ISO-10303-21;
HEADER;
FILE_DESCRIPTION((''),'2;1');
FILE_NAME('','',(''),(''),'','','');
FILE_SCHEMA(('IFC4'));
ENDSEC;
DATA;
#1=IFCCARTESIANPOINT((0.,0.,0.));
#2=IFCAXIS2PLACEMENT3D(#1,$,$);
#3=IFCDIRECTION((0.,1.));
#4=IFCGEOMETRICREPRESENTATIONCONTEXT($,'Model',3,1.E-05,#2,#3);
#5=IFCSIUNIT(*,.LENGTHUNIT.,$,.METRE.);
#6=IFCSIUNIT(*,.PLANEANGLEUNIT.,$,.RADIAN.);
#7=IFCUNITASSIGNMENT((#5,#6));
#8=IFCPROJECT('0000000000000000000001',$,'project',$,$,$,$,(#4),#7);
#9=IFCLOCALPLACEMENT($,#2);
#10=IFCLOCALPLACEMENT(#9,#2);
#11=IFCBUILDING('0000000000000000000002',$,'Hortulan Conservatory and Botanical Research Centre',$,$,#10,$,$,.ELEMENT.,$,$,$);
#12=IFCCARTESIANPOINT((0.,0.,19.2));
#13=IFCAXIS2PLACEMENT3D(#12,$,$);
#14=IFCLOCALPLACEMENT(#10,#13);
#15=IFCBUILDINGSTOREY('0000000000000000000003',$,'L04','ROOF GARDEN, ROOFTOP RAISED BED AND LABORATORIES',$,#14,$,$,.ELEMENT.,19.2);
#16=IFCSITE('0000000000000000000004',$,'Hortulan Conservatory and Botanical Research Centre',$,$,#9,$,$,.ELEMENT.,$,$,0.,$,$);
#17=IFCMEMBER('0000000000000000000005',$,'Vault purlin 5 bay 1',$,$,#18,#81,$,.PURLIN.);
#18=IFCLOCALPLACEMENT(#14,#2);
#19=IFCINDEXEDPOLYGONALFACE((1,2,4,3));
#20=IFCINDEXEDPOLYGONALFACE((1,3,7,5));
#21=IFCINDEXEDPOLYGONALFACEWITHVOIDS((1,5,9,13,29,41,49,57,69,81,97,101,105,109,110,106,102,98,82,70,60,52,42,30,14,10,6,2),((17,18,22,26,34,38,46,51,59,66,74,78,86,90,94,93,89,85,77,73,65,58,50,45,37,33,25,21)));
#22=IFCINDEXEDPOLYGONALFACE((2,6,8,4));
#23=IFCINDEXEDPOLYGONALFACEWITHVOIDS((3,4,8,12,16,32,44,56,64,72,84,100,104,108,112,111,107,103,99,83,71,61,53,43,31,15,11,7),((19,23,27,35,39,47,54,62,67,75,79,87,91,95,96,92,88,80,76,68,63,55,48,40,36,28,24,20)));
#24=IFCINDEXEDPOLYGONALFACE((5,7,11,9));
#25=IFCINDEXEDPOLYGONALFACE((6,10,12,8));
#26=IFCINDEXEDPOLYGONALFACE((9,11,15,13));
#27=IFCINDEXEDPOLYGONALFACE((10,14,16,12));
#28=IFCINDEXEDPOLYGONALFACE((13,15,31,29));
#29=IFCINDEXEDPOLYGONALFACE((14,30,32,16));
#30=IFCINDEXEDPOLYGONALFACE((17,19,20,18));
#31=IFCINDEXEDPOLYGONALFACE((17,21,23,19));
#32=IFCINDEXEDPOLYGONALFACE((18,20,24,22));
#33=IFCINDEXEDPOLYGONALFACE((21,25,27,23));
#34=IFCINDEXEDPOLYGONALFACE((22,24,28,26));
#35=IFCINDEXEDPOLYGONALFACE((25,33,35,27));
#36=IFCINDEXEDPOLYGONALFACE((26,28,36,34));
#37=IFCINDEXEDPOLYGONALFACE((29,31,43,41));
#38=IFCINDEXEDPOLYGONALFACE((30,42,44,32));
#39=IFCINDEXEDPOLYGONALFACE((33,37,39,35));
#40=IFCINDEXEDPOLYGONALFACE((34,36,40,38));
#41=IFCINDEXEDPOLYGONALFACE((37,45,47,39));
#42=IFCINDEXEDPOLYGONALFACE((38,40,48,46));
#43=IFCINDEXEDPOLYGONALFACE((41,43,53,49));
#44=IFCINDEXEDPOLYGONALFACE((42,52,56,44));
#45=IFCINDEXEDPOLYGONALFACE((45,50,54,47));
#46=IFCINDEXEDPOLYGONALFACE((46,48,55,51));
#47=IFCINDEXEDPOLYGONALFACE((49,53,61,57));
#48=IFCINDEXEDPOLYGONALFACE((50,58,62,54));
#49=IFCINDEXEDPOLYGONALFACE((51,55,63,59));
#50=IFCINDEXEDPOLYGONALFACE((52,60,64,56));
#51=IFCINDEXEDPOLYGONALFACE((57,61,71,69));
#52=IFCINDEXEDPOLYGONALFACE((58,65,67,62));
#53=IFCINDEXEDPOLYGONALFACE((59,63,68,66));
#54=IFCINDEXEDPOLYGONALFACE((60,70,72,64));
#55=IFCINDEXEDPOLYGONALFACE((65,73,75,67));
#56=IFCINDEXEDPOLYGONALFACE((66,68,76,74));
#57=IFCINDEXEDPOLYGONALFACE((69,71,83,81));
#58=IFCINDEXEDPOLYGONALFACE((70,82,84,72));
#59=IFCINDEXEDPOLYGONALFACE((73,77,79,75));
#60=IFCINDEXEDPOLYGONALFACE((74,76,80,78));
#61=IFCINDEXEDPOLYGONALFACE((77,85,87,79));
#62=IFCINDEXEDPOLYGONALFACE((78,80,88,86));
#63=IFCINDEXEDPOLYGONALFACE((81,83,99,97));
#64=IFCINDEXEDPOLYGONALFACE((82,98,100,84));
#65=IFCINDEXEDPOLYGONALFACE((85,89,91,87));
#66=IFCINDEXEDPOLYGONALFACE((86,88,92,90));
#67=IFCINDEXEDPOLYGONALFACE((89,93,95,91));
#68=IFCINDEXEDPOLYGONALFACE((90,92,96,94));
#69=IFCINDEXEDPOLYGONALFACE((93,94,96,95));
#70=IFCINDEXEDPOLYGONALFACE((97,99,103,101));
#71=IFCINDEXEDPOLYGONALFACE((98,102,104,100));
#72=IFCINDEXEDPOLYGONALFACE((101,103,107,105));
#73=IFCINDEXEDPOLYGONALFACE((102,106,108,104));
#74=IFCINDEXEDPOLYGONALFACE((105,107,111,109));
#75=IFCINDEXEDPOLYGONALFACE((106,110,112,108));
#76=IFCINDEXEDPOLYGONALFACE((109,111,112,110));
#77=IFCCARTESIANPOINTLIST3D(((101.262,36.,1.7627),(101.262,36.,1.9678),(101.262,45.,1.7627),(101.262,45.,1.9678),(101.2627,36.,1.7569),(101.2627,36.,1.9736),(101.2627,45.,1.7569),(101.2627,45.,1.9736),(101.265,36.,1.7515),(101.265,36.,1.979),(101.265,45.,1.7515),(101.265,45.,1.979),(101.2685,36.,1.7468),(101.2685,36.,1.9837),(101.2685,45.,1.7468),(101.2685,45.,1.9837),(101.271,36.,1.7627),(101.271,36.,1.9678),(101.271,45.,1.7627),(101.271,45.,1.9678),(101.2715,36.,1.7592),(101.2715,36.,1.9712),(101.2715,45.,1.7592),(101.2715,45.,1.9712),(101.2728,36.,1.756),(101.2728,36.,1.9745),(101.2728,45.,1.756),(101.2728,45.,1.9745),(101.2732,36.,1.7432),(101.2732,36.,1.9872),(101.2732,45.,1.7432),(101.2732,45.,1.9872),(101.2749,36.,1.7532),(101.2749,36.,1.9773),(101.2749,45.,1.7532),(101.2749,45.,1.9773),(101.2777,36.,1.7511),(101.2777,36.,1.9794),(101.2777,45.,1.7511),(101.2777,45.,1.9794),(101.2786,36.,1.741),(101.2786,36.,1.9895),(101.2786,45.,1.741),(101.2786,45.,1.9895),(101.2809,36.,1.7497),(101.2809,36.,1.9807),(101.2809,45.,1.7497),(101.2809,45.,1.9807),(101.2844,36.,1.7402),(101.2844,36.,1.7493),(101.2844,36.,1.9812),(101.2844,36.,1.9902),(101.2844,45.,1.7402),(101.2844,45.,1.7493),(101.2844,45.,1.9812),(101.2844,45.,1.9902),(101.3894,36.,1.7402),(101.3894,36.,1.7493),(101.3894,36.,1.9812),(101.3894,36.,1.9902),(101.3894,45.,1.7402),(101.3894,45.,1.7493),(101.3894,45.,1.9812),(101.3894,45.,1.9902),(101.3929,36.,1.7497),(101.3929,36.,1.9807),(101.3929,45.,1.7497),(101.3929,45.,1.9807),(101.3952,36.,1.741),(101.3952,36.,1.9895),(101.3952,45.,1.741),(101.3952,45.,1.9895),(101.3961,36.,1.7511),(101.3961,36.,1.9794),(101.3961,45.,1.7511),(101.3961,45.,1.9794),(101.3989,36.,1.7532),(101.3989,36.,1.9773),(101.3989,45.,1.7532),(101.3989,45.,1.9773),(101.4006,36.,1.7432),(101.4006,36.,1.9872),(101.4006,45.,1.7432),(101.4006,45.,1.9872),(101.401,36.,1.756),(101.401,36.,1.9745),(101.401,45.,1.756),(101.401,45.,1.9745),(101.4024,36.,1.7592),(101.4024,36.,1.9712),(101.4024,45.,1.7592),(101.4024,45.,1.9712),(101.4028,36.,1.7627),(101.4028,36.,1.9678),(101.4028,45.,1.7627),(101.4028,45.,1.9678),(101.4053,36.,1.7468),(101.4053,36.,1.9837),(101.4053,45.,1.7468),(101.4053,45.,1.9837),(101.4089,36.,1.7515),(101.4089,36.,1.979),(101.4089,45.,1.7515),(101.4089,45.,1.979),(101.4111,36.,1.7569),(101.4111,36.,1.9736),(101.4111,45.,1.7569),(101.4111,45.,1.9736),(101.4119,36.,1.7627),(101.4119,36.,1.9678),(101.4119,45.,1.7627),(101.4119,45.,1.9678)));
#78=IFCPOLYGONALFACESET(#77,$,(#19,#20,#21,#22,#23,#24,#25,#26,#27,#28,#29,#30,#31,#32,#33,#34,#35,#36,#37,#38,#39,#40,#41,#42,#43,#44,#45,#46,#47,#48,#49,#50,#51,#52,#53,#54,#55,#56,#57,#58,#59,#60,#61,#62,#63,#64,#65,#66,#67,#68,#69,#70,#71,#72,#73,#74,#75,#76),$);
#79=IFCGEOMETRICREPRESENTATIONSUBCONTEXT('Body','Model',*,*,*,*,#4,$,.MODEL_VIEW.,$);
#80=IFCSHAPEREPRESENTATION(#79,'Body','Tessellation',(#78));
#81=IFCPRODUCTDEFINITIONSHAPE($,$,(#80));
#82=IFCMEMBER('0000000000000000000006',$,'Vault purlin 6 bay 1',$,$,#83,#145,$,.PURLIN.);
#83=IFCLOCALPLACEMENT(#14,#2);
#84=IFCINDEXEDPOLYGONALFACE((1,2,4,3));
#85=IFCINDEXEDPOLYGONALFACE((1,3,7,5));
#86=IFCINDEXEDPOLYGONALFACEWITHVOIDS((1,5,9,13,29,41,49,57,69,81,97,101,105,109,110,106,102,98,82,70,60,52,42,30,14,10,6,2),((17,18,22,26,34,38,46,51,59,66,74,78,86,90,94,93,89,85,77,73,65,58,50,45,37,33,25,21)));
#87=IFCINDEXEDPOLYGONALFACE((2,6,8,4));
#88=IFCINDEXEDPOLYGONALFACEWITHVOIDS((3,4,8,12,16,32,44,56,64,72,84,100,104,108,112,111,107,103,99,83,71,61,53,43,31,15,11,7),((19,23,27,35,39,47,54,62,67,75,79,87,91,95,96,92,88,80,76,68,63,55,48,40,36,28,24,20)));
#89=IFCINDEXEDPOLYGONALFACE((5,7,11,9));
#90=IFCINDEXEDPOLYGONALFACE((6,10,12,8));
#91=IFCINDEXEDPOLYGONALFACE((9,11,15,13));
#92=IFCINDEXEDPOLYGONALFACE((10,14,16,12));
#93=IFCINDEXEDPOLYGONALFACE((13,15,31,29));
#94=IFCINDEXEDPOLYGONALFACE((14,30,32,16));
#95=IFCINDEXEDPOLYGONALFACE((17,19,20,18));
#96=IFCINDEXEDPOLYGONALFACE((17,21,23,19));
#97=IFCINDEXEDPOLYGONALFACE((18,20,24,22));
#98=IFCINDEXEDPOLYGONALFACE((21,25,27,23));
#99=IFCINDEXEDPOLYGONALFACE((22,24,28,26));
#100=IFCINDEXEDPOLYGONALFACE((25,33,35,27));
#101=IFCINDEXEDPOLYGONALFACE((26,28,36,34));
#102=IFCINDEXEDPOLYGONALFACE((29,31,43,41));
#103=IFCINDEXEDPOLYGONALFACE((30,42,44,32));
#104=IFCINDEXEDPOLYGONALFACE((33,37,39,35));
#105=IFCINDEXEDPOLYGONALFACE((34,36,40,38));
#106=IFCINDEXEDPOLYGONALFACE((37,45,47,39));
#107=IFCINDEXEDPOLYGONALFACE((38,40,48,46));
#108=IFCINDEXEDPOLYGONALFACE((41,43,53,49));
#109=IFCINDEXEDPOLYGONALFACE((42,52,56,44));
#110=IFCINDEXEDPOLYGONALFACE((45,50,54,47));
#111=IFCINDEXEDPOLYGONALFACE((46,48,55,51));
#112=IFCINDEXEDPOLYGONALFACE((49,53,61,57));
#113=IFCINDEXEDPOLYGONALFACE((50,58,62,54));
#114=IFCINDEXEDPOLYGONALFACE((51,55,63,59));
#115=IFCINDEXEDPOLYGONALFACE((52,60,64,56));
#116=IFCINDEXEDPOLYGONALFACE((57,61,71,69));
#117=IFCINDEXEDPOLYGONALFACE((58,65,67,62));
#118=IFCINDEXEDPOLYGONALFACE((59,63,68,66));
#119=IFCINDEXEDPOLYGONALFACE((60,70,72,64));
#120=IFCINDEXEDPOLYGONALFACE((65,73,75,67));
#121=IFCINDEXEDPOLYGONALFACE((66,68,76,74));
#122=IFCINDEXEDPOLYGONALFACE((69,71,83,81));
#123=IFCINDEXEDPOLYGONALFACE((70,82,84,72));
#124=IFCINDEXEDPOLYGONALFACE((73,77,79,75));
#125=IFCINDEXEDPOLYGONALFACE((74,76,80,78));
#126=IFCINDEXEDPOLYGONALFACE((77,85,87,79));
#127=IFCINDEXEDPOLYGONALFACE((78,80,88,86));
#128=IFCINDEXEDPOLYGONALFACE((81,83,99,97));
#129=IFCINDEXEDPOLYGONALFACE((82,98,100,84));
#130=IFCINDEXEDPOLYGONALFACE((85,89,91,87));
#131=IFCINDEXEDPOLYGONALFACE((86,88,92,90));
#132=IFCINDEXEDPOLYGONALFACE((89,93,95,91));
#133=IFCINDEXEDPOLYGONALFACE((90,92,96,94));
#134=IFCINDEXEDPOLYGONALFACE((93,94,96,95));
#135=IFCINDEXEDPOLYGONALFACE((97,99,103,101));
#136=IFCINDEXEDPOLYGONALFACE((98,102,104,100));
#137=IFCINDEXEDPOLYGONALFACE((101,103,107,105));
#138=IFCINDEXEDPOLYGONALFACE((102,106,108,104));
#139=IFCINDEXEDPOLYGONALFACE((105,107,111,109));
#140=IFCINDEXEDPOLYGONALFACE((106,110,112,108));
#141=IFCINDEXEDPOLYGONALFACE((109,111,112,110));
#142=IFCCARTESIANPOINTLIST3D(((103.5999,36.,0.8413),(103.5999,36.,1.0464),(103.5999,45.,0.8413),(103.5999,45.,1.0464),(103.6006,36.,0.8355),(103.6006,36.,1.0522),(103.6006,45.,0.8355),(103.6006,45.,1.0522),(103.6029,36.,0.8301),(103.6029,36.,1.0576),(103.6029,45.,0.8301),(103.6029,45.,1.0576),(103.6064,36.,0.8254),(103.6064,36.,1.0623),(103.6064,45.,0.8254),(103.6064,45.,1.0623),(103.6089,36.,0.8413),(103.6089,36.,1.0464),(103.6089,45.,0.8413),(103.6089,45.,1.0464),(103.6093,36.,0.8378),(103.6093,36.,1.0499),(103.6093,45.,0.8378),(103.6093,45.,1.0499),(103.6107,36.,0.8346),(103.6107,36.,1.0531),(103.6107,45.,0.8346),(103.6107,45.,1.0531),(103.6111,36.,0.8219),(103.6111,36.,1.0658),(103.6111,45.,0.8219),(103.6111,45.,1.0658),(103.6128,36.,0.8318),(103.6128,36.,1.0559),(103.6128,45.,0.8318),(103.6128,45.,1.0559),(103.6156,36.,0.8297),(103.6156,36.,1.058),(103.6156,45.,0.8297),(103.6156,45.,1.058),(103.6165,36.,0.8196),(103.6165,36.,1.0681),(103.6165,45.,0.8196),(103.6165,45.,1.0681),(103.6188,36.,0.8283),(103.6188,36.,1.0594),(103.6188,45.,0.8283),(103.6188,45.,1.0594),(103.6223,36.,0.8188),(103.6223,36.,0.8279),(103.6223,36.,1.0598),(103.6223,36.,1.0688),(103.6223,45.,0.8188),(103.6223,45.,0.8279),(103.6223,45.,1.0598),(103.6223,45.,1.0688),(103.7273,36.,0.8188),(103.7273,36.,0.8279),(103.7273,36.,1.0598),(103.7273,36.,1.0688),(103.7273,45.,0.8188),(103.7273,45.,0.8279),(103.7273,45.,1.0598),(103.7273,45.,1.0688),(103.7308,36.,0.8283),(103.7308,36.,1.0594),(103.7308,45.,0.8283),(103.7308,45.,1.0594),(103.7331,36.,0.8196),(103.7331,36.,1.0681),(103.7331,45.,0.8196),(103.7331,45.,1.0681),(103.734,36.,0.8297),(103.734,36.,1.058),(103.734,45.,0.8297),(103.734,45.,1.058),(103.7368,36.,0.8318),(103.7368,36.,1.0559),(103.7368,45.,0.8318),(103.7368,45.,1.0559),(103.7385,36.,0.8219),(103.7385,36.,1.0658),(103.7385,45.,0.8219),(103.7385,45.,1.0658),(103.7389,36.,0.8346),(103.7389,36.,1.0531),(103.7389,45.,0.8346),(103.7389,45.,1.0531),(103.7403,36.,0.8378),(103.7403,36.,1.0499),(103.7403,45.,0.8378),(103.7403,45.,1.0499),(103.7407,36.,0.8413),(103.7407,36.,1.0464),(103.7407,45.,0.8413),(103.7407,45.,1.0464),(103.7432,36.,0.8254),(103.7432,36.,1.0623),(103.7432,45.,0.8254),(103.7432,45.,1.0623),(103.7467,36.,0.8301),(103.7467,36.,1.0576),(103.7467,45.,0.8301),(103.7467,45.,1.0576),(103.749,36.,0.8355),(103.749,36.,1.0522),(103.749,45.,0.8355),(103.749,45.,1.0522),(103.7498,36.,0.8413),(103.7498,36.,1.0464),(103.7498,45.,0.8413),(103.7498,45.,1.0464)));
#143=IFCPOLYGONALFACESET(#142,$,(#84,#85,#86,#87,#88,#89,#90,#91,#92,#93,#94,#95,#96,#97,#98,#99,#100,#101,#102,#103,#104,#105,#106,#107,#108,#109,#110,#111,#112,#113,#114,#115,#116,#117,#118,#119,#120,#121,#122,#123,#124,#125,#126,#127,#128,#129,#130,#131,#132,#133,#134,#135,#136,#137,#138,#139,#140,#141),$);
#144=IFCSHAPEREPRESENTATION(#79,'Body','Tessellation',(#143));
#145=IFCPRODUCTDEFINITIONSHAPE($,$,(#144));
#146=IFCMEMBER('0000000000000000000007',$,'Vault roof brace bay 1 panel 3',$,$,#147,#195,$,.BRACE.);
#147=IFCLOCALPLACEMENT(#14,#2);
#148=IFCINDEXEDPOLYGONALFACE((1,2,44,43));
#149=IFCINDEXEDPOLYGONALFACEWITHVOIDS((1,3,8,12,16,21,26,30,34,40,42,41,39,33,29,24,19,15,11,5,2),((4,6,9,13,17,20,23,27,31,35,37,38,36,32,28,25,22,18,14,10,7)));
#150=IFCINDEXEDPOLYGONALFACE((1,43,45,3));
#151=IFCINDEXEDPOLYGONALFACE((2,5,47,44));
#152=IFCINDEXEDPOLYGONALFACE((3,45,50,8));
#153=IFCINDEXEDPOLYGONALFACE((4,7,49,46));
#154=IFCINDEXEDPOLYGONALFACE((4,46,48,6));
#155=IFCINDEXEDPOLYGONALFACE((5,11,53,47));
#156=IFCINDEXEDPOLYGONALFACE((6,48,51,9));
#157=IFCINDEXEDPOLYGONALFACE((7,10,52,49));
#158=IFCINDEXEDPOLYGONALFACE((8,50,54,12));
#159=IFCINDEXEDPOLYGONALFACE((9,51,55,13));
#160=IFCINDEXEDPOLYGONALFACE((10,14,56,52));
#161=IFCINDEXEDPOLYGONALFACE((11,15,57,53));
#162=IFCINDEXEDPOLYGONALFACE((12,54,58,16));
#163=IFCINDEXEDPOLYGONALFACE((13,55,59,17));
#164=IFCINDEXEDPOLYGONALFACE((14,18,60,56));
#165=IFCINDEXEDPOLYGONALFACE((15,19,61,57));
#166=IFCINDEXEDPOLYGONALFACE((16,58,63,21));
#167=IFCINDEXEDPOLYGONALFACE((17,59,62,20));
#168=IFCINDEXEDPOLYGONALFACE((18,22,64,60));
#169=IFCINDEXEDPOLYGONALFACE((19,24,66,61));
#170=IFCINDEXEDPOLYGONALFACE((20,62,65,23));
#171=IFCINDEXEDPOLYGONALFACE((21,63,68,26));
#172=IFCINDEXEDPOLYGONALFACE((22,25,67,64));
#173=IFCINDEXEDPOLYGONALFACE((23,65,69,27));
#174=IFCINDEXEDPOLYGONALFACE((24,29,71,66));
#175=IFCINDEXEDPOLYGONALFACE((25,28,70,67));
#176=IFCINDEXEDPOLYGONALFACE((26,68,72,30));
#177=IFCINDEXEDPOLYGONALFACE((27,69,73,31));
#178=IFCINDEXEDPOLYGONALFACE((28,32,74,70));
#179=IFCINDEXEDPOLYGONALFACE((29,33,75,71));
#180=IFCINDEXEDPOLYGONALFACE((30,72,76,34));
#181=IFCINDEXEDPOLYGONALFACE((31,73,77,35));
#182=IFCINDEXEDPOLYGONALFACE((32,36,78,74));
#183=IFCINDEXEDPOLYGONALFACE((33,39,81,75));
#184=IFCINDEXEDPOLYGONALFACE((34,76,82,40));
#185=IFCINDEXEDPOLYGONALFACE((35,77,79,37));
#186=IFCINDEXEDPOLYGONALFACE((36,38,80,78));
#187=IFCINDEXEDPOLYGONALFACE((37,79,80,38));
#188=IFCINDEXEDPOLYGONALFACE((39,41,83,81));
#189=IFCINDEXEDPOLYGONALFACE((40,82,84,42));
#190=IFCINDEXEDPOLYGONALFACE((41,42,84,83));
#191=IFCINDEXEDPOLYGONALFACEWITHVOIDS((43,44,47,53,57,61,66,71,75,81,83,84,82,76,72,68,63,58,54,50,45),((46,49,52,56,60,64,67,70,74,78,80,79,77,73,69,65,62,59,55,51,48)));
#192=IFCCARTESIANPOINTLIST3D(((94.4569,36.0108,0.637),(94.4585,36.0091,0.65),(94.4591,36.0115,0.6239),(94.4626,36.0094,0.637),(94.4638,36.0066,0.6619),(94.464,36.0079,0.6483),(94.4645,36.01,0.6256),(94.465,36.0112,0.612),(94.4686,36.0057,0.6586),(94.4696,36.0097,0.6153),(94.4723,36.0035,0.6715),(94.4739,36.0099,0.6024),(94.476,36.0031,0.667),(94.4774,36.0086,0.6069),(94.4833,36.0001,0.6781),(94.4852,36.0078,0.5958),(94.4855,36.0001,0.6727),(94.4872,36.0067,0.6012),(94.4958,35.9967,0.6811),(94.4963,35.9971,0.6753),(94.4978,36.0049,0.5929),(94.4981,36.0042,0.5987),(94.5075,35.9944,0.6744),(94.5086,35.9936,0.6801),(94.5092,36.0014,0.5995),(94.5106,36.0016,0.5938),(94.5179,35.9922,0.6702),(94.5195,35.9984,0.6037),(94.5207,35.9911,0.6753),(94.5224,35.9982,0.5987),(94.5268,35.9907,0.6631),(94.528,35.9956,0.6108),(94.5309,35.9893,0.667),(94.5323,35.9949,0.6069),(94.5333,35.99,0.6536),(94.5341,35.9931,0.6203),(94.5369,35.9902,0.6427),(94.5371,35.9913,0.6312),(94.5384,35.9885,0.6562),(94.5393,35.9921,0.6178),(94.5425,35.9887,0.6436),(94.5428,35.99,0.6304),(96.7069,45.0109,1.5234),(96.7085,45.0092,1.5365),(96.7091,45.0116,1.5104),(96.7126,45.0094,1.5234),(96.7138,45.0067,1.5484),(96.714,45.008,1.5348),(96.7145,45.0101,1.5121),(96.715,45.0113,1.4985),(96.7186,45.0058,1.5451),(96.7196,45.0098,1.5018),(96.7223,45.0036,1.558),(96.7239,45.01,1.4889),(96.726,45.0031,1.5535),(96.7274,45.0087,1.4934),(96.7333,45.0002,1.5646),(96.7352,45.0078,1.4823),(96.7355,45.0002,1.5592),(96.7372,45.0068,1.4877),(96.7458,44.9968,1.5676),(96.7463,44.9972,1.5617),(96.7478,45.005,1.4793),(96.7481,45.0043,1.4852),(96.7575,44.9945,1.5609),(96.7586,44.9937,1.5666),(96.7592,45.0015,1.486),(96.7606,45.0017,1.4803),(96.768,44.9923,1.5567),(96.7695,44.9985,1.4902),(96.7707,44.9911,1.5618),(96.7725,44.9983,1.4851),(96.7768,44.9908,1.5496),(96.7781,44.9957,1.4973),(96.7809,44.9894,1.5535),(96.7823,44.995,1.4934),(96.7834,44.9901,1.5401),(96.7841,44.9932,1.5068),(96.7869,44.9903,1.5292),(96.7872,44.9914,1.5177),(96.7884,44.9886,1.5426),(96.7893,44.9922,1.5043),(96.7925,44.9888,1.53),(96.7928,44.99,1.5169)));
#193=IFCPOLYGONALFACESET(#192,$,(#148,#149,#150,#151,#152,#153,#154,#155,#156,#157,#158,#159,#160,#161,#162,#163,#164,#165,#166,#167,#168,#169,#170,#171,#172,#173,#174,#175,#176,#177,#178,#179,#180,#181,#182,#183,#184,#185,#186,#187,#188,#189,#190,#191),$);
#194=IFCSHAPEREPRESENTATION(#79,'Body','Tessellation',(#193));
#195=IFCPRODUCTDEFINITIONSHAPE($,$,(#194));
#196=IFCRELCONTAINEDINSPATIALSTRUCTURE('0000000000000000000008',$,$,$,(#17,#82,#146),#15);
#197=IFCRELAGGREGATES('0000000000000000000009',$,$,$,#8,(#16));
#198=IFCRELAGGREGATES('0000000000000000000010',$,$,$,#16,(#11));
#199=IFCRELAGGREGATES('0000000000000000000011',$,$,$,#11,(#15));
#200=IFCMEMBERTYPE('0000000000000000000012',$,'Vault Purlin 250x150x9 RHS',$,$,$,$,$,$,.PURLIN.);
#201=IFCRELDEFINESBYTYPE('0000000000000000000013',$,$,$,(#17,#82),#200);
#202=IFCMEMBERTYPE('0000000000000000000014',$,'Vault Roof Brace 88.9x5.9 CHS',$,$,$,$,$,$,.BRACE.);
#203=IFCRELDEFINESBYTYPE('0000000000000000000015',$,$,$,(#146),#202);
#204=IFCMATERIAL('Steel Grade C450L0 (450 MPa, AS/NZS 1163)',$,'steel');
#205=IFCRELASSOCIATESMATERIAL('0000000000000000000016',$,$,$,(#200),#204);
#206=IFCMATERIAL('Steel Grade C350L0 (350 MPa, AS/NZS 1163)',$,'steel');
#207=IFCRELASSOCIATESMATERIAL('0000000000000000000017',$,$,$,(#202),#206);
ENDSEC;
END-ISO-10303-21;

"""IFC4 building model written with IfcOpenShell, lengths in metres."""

from ifc_helpers import new_model, si_unit, direction, frame, origin, origin_2d, place, context, subcontext, project, spatial, hollow_rectangle, hollow_circle, extrude, material, material_profile, profile_set, type_object, element, save


model = new_model("IFC4")

# Units and contexts
model_context = context("Model", 3, precision=1e-05, world=origin(), true_north=direction((0.0, 1.0)))
body_context = subcontext(model_context, "Body", "Model", "MODEL_VIEW")
ifc_project = project(units=[si_unit("LENGTHUNIT", "METRE"), si_unit("PLANEANGLEUNIT", "RADIAN")], contexts=[model_context])

# Site, building, storey
site_placement = place(None, origin())
site = spatial("IfcSite", under=ifc_project, at=site_placement, Name="Hortulan Conservatory and Botanical Research Centre", CompositionType="ELEMENT", RefElevation=0.0)
building_placement = place(site_placement, origin())
building = spatial("IfcBuilding", under=site, at=building_placement, Name="Hortulan Conservatory and Botanical Research Centre", CompositionType="ELEMENT")
storey_placement = place(building_placement, frame((0.0, 0.0, 19.2)))
storey = spatial("IfcBuildingStorey", under=building, at=storey_placement, Name="L04", Description="ROOF GARDEN, ROOFTOP RAISED BED AND LABORATORIES", CompositionType="ELEMENT", Elevation=19.2)

# Members
ifc_material_1 = material(Name="Steel Grade C450L0 (450 MPa, AS/NZS 1163)", Category="steel")
ifc_material_profile_1 = material_profile(ifc_material_1, hollow_rectangle(XDim=0.1499, YDim=0.25, WallThickness=0.009, InnerFilletRadius=0.0134, OuterFilletRadius=0.0225, at=origin_2d()), Name="250x150x9RHS")
ifc_profile_set_1 = profile_set([ifc_material_profile_1], Name="Steel Grade C450L0 (450 MPa, AS/NZS 1163)")
member_type_1 = type_object("IfcMemberType", Name="Vault Purlin 250x150x9 RHS", PredefinedType="PURLIN", material=ifc_profile_set_1)
for number, where, z_axis, x_axis, name in (
    (1, (101.3369, 36.0, 1.8652), (0.0, 1.0, 0.0), (-1.0, 0.0, 0.0), "Vault purlin 5 bay 1"),
    (2, (103.6748, 36.0, 0.9438), (0.0, 1.0, 0.0), (-1.0, 0.0, 0.0), "Vault purlin 6 bay 1"),
):
    element("IfcMember", number, at=place(storey_placement, frame(where, z_axis=z_axis, x_axis=x_axis)), inside=storey, type_object=member_type_1, Name=name, PredefinedType="PURLIN", context=body_context, shape_type="SweptSolid", body=[
        extrude(hollow_rectangle(XDim=0.1499, YDim=0.25, WallThickness=0.009, InnerFilletRadius=0.0134, OuterFilletRadius=0.0225, at=origin_2d()), origin(), (0.0, 0.0, 1.0), 9.0),
    ])
ifc_material_2 = material(Name="Steel Grade C350L0 (350 MPa, AS/NZS 1163)", Category="steel")
ifc_material_profile_2 = material_profile(ifc_material_2, hollow_circle(Radius=0.0444, WallThickness=0.0059, at=origin_2d()), Name="88.9x5.9CHS")
ifc_profile_set_2 = profile_set([ifc_material_profile_2], Name="Steel Grade C350L0 (350 MPa, AS/NZS 1163)")
member_type_2 = type_object("IfcMemberType", Name="Vault Roof Brace 88.9x5.9 CHS", PredefinedType="BRACE", material=ifc_profile_set_2)
member_1_placement = place(storey_placement, frame((94.5, 36.0, 0.637), z_axis=(0.241436, 0.965743, 0.095123), x_axis=(-0.970143, 0.242536, 0.0)))
element("IfcMember", 3, at=member_1_placement, inside=storey, type_object=member_type_2, Name="Vault roof brace bay 1 panel 3", PredefinedType="BRACE", context=body_context, shape_type="SweptSolid", body=[
    extrude(hollow_circle(Radius=0.0444, WallThickness=0.0059, at=origin_2d()), origin(), (0.0, 0.0, 1.0), 9.3193),
])

save(model, "model.ifc")
